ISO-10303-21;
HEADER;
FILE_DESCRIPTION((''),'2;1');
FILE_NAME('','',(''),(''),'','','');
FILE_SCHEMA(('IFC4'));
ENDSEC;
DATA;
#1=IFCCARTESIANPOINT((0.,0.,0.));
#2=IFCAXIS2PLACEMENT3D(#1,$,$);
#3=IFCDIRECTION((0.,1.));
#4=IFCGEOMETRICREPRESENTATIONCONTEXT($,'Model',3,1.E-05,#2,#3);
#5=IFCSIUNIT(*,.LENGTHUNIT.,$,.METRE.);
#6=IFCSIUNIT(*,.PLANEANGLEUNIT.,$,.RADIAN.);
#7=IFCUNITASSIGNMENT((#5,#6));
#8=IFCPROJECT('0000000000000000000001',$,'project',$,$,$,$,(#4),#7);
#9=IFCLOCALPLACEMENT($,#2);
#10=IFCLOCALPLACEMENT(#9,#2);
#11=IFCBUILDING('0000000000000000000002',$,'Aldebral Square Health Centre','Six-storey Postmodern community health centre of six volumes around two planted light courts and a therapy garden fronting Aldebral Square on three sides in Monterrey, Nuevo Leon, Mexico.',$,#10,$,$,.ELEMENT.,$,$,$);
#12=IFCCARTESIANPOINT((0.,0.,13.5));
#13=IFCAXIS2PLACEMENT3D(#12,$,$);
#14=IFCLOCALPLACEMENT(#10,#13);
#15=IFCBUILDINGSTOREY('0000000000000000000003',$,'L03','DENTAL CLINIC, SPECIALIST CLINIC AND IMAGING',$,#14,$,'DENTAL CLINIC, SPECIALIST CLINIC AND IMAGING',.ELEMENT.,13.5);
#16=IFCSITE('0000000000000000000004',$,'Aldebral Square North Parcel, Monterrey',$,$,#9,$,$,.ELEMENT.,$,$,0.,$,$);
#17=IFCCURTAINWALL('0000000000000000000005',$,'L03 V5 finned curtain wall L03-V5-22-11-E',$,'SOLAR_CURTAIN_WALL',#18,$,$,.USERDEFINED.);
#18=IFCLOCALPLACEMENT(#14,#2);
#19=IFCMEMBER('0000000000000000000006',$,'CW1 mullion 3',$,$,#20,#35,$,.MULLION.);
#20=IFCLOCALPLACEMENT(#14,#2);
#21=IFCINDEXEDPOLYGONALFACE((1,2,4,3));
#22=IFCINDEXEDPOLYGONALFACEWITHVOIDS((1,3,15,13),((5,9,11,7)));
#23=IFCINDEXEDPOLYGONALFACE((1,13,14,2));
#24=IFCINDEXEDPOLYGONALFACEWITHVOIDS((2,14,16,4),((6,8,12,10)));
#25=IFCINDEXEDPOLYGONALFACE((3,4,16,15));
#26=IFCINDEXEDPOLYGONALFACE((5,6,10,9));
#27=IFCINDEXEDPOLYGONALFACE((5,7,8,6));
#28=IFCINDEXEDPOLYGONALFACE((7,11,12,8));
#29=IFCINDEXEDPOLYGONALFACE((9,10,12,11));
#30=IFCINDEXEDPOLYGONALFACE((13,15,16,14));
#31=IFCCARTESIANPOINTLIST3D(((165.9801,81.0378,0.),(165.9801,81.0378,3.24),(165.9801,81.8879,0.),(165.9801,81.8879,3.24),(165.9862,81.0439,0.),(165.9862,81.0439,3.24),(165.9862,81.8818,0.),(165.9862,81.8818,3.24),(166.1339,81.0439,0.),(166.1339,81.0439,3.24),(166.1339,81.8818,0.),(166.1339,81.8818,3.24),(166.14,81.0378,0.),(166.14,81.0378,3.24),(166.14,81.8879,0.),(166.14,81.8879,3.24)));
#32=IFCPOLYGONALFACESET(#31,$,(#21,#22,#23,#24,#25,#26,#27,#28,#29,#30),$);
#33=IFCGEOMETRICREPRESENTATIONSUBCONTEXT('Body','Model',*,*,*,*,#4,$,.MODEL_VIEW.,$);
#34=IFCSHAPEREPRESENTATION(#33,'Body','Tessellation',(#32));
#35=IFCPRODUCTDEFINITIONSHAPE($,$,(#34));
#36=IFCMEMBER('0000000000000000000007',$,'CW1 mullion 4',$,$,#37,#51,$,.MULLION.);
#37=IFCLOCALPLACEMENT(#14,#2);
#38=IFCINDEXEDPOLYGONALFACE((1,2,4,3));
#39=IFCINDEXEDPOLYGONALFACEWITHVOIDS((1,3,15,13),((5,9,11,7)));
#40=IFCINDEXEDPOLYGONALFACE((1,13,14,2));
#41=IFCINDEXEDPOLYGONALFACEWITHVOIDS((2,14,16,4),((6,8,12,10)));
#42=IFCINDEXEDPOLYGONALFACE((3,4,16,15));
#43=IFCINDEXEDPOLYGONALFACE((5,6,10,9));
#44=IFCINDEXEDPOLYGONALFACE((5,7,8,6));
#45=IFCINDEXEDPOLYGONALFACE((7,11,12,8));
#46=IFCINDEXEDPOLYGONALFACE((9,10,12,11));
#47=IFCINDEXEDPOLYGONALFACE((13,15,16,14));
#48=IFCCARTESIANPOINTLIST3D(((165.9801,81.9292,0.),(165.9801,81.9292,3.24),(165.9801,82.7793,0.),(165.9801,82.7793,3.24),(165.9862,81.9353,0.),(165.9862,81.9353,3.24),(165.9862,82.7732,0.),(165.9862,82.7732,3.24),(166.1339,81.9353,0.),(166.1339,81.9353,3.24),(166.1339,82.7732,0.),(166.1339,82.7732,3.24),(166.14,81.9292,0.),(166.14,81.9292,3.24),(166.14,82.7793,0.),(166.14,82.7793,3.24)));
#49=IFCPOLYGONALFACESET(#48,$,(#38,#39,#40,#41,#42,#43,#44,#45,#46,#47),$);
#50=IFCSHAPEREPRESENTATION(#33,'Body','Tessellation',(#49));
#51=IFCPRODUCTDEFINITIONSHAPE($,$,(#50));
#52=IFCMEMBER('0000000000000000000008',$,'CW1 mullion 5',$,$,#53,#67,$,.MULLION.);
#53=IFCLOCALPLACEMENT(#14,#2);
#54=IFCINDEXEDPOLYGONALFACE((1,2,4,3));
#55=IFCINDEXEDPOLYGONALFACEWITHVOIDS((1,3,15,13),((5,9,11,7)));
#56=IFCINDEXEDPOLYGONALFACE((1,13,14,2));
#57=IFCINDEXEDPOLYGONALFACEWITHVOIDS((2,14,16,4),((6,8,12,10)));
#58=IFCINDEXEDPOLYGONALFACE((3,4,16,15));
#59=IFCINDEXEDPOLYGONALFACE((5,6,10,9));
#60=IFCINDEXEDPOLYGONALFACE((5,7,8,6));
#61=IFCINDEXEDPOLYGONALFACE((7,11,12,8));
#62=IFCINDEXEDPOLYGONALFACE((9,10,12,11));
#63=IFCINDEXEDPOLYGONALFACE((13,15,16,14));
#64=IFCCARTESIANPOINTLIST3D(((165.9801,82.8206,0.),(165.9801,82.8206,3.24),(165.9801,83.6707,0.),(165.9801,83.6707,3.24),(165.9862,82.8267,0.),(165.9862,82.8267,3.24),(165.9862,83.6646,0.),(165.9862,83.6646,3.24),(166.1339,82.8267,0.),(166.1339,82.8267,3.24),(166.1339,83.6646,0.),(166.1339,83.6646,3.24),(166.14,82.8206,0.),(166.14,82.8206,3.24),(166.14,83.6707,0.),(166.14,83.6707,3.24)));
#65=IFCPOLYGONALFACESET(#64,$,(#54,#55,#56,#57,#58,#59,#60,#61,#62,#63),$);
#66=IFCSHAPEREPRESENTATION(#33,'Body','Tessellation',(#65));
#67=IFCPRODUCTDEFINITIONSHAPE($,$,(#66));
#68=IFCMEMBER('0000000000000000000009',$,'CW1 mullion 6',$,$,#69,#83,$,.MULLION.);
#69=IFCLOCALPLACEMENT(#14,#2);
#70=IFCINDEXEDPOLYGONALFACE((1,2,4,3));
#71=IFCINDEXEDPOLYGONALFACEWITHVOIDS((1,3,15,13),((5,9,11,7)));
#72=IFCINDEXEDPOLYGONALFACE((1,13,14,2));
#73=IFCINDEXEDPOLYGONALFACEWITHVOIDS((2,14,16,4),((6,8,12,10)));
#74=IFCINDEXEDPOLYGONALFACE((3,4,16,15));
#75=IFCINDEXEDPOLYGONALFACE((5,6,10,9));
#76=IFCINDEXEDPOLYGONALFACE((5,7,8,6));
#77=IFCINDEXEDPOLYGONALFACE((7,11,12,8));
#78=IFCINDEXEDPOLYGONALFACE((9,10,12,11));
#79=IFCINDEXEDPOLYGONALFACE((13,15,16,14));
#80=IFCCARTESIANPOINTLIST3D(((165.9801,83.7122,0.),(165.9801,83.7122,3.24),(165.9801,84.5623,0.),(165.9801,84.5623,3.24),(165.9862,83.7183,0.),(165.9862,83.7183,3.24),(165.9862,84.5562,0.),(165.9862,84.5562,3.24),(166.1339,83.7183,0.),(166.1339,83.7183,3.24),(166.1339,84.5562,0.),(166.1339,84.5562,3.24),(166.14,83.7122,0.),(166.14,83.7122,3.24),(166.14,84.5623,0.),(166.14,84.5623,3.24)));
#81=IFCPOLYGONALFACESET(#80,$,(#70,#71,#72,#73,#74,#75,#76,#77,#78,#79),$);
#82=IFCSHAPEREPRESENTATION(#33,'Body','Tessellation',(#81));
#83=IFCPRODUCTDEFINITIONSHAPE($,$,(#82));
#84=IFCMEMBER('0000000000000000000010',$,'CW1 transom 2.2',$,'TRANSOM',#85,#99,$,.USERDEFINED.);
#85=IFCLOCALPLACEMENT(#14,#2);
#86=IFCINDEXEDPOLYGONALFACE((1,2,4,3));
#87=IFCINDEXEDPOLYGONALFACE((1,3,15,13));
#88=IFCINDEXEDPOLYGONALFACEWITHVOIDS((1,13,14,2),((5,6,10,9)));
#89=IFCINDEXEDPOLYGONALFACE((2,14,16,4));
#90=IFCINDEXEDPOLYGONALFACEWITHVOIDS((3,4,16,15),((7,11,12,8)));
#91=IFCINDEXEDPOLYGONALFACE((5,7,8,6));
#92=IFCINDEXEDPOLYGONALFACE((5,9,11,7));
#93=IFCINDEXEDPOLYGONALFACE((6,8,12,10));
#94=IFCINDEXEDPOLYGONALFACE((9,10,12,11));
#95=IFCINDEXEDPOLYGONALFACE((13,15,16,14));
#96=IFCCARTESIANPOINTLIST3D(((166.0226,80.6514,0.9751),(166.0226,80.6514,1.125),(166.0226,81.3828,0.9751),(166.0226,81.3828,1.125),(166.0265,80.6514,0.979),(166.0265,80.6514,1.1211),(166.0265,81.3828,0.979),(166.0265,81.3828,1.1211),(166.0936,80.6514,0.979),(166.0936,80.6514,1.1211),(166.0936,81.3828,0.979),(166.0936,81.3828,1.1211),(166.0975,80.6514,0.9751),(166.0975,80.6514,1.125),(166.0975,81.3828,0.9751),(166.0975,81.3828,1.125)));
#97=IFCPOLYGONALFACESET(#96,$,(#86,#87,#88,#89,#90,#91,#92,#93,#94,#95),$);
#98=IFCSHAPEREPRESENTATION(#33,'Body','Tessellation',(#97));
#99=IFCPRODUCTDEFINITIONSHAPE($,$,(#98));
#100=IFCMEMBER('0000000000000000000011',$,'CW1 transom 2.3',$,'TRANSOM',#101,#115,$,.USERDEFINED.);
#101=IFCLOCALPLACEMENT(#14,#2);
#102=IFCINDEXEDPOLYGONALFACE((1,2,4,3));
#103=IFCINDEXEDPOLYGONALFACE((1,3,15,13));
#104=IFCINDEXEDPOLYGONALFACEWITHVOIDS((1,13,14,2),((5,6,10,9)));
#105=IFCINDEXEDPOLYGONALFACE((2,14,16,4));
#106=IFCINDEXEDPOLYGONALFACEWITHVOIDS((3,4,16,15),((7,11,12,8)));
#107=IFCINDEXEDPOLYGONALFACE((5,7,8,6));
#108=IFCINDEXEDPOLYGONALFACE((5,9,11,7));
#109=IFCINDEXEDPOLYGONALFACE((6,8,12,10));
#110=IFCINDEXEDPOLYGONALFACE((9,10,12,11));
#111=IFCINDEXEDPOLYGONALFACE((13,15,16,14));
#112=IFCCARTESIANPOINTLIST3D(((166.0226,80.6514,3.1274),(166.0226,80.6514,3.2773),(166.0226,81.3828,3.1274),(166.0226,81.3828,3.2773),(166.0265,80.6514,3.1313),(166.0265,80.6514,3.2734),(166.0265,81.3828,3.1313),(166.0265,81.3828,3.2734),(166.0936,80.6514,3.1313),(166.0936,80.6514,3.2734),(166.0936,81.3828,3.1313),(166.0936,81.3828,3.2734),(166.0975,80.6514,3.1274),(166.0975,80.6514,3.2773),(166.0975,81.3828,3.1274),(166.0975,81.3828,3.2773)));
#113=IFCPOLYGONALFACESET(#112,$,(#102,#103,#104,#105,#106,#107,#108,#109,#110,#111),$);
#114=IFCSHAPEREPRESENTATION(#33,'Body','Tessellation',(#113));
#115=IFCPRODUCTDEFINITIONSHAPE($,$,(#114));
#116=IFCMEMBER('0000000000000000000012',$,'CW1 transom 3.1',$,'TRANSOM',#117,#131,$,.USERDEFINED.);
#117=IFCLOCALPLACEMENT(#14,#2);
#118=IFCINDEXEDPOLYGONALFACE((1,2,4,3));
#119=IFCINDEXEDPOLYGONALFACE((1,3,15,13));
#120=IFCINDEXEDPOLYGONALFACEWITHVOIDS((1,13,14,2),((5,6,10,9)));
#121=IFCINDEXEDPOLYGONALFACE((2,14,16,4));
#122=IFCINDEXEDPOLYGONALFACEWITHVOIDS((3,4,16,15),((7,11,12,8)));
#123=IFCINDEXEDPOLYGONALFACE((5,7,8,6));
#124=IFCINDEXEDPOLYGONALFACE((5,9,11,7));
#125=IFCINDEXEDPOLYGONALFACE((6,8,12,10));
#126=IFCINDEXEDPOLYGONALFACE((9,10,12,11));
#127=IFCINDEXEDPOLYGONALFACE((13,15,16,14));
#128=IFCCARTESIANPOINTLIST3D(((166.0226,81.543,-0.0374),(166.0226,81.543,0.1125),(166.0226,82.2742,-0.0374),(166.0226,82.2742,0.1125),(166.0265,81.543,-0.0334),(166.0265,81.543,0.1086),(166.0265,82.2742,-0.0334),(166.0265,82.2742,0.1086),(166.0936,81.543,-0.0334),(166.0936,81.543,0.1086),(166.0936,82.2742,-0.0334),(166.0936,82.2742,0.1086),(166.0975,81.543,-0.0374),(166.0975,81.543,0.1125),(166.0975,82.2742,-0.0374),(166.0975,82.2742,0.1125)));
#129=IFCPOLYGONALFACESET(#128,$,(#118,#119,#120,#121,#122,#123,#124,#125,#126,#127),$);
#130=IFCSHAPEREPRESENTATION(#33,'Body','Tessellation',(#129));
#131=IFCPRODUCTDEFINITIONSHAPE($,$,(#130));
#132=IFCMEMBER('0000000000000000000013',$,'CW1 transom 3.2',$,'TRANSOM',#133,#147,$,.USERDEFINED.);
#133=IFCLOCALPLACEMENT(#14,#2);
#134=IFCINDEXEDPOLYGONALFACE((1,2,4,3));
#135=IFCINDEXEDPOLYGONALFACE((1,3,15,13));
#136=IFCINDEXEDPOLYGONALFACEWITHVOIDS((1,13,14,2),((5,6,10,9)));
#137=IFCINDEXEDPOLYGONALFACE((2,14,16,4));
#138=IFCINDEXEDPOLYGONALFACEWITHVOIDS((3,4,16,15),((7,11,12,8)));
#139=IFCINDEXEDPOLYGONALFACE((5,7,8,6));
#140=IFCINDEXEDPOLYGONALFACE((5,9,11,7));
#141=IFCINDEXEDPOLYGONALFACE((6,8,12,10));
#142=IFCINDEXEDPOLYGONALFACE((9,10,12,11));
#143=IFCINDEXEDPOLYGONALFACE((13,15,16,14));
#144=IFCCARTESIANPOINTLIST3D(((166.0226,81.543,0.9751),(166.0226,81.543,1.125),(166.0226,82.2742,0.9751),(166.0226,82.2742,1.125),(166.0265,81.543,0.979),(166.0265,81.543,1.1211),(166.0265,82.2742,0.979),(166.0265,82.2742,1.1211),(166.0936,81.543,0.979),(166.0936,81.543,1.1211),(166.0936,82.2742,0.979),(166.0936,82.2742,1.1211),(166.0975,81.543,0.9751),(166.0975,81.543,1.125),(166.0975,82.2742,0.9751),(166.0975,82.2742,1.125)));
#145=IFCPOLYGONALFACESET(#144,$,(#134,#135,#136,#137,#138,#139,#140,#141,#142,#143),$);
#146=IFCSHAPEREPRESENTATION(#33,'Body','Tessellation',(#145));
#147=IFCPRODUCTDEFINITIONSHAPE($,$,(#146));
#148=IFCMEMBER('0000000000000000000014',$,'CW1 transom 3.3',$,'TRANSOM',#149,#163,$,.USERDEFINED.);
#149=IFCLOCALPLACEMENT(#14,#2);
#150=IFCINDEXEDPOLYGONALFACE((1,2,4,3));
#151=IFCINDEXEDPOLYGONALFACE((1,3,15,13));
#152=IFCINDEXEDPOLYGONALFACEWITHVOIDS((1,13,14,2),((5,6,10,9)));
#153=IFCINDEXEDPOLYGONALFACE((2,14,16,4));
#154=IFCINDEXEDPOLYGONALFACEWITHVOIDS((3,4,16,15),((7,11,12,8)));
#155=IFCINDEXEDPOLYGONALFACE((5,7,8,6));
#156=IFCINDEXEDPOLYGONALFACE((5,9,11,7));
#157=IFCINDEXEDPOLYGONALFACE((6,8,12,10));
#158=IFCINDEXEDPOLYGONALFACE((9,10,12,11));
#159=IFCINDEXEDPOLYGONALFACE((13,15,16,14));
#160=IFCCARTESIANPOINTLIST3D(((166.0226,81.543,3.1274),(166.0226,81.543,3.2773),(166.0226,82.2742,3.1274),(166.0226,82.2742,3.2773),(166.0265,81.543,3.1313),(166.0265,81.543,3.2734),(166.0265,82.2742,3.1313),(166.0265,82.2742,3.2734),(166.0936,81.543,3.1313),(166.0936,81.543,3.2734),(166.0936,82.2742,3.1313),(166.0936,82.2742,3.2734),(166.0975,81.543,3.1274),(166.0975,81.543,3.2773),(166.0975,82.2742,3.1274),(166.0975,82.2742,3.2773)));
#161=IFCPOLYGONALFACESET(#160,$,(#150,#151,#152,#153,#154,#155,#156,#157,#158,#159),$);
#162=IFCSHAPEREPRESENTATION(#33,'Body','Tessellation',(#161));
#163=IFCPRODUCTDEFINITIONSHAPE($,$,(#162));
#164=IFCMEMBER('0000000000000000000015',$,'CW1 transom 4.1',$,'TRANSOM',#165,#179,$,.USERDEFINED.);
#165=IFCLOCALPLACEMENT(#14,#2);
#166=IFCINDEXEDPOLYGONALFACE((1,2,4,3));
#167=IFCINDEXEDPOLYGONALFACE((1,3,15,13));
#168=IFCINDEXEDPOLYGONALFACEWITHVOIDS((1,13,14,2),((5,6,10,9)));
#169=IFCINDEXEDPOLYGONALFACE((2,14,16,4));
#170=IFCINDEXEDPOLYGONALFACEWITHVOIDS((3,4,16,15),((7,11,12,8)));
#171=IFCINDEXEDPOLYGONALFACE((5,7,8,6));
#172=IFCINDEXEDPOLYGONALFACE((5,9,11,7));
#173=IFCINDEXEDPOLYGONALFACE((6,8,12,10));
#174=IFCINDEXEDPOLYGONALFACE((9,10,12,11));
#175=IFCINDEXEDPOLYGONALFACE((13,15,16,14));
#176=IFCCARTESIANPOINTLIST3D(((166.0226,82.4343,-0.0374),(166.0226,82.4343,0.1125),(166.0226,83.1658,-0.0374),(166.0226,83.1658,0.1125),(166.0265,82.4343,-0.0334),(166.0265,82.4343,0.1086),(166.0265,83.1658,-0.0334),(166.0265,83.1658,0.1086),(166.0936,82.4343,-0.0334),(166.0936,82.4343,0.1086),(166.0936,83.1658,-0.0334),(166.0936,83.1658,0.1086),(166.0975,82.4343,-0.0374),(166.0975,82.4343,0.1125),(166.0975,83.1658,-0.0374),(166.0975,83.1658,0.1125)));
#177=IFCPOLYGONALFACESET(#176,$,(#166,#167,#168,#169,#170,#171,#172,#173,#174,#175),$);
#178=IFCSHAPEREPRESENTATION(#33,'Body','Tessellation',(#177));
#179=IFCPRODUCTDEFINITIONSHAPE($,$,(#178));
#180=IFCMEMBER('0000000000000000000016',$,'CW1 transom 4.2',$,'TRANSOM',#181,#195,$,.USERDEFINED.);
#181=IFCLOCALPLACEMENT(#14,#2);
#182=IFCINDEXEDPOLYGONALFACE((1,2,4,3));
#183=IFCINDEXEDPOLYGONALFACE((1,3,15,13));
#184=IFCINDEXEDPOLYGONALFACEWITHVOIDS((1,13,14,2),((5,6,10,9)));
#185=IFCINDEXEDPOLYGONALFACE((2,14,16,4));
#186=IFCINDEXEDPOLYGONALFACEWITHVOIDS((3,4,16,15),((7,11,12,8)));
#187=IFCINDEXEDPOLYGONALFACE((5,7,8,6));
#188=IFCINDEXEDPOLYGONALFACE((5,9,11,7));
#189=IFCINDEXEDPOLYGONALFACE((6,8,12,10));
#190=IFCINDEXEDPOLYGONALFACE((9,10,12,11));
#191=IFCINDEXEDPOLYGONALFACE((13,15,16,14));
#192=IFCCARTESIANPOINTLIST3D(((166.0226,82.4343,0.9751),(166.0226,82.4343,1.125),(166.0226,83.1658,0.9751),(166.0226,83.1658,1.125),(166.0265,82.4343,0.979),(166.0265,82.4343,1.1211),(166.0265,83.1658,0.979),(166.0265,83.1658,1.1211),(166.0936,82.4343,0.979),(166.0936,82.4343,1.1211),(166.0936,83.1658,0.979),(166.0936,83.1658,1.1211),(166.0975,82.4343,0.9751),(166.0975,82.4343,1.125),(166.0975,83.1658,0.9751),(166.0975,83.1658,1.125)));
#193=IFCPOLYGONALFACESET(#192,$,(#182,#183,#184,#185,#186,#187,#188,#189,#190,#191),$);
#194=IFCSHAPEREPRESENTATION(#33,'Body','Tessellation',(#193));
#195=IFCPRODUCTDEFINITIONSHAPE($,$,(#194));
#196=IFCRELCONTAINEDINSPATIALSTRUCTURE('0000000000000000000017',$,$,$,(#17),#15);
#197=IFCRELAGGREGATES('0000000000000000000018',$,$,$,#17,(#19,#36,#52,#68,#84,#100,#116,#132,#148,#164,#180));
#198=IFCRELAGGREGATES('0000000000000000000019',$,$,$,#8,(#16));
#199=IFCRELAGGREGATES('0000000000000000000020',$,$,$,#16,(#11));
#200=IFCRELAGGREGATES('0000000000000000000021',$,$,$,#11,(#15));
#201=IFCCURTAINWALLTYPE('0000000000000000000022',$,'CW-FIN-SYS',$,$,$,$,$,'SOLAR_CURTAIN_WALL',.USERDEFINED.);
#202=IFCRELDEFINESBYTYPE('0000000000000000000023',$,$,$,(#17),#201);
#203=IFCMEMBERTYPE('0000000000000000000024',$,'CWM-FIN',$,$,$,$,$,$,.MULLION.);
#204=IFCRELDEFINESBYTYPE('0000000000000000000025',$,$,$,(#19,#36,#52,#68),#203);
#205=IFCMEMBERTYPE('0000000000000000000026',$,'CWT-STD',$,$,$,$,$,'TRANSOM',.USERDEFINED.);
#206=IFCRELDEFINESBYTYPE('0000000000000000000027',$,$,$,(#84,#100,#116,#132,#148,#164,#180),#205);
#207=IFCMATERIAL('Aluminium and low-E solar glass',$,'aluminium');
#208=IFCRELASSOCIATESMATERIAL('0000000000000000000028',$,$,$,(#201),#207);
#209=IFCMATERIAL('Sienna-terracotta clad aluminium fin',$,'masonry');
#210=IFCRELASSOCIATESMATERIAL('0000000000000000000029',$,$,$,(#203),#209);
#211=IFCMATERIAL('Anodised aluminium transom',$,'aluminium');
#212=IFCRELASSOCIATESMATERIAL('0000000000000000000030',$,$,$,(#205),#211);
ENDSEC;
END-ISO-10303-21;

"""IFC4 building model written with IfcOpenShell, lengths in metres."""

from ifc_helpers import new_model, si_unit, direction, frame, origin, origin_2d, place, context, subcontext, project, spatial, hollow_rectangle, extrude, material, material_profile, profile_set, type_object, element, aggregate, save


model = new_model("IFC4")

# Units and contexts
model_context = context("Model", 3, precision=1e-05, world=origin(), true_north=direction((0.0, 1.0)))
body_context = subcontext(model_context, "Body", "Model", "MODEL_VIEW")
ifc_project = project(units=[si_unit("LENGTHUNIT", "METRE"), si_unit("PLANEANGLEUNIT", "RADIAN")], contexts=[model_context])

# Site, building, storey
site_placement = place(None, origin())
site = spatial("IfcSite", under=ifc_project, at=site_placement, Name="Aldebral Square North Parcel, Monterrey", CompositionType="ELEMENT", RefElevation=0.0)
building_placement = place(site_placement, origin())
building = spatial("IfcBuilding", under=site, at=building_placement, Name="Aldebral Square Health Centre", Description="Six-storey Postmodern community health centre of six volumes around two planted light courts and a therapy garden fronting Aldebral Square on three sides in Monterrey, Nuevo Leon, Mexico.", CompositionType="ELEMENT")
storey_placement = place(building_placement, frame((0.0, 0.0, 13.5)))
storey = spatial("IfcBuildingStorey", under=building, at=storey_placement, Name="L03", Description="DENTAL CLINIC, SPECIALIST CLINIC AND IMAGING", LongName="DENTAL CLINIC, SPECIALIST CLINIC AND IMAGING", CompositionType="ELEMENT", Elevation=13.5)

# Curtain wall, members
ifc_material_1 = material(Name="Aluminium and low-E solar glass", Category="aluminium")
curtain_wall_type = type_object("IfcCurtainWallType", Name="CW-FIN-SYS", ElementType="SOLAR_CURTAIN_WALL", PredefinedType="USERDEFINED", material=ifc_material_1)
curtain_wall_placement = place(storey_placement, origin())
curtain_wall = element("IfcCurtainWall", 1, at=curtain_wall_placement, inside=storey, type_object=curtain_wall_type, Name="L03 V5 finned curtain wall L03-V5-22-11-E", ObjectType="SOLAR_CURTAIN_WALL", PredefinedType="USERDEFINED")
ifc_material_2 = material(Name="Sienna-terracotta clad aluminium fin", Category="masonry")
ifc_material_profile_1 = material_profile(ifc_material_2, hollow_rectangle(XDim=0.1599, YDim=0.8501, WallThickness=0.0061, at=origin_2d()), Name="FIN 160x850x6")
ifc_profile_set_1 = profile_set([ifc_material_profile_1], Name="Sienna-terracotta clad aluminium fin")
member_type_1 = type_object("IfcMemberType", Name="CWM-FIN", PredefinedType="MULLION", material=ifc_profile_set_1)
member_1_placement = place(storey_placement, frame((166.0601, 81.4629, 0.0), z_axis=(0.0, 0.0, 1.0), x_axis=(-1.0, 0.0, 0.0)))
member_1 = element("IfcMember", 2, at=member_1_placement, type_object=member_type_1, Name="CW1 mullion 3", PredefinedType="MULLION", context=body_context, shape_type="SweptSolid", body=[
    extrude(hollow_rectangle(XDim=0.1599, YDim=0.8501, WallThickness=0.0061, at=origin_2d()), origin(), (0.0, 0.0, 1.0), 3.24),
])
member_2_placement = place(storey_placement, frame((166.0601, 82.3542, 0.0), z_axis=(0.0, 0.0, 1.0), x_axis=(-1.0, 0.0, 0.0)))
member_2 = element("IfcMember", 3, at=member_2_placement, type_object=member_type_1, Name="CW1 mullion 4", PredefinedType="MULLION", context=body_context, shape_type="SweptSolid", body=[
    extrude(hollow_rectangle(XDim=0.1599, YDim=0.8501, WallThickness=0.0061, at=origin_2d()), origin(), (0.0, 0.0, 1.0), 3.24),
])
member_3_placement = place(storey_placement, frame((166.0601, 83.2456, 0.0), z_axis=(0.0, 0.0, 1.0), x_axis=(-1.0, 0.0, 0.0)))
member_3 = element("IfcMember", 4, at=member_3_placement, type_object=member_type_1, Name="CW1 mullion 5", PredefinedType="MULLION", context=body_context, shape_type="SweptSolid", body=[
    extrude(hollow_rectangle(XDim=0.1599, YDim=0.8501, WallThickness=0.0061, at=origin_2d()), origin(), (0.0, 0.0, 1.0), 3.24),
])
member_4_placement = place(storey_placement, frame((166.0601, 84.1372, 0.0), z_axis=(0.0, 0.0, 1.0), x_axis=(-1.0, 0.0, 0.0)))
member_4 = element("IfcMember", 5, at=member_4_placement, type_object=member_type_1, Name="CW1 mullion 6", PredefinedType="MULLION", context=body_context, shape_type="SweptSolid", body=[
    extrude(hollow_rectangle(XDim=0.1599, YDim=0.8501, WallThickness=0.0061, at=origin_2d()), origin(), (0.0, 0.0, 1.0), 3.24),
])
ifc_material_3 = material(Name="Anodised aluminium transom", Category="aluminium")
ifc_material_profile_2 = material_profile(ifc_material_3, hollow_rectangle(XDim=0.075, YDim=0.1499, WallThickness=0.0039, at=origin_2d()), Name="CWT 75x150x4")
ifc_profile_set_2 = profile_set([ifc_material_profile_2], Name="Anodised aluminium transom")
member_type_2 = type_object("IfcMemberType", Name="CWT-STD", ElementType="TRANSOM", PredefinedType="USERDEFINED", material=ifc_profile_set_2)
member_5_placement = place(storey_placement, frame((166.0601, 80.6514, 1.05), z_axis=(0.0, 1.0, 0.0), x_axis=(-1.0, 0.0, 0.0)))
member_5 = element("IfcMember", 6, at=member_5_placement, type_object=member_type_2, Name="CW1 transom 2.2", ObjectType="TRANSOM", PredefinedType="USERDEFINED", context=body_context, shape_type="SweptSolid", body=[
    extrude(hollow_rectangle(XDim=0.075, YDim=0.1499, WallThickness=0.0039, at=origin_2d()), origin(), (0.0, 0.0, 1.0), 0.7314),
])
member_6_placement = place(storey_placement, frame((166.0601, 80.6514, 3.2024), z_axis=(0.0, 1.0, 0.0), x_axis=(-1.0, 0.0, 0.0)))
member_6 = element("IfcMember", 7, at=member_6_placement, type_object=member_type_2, Name="CW1 transom 2.3", ObjectType="TRANSOM", PredefinedType="USERDEFINED", context=body_context, shape_type="SweptSolid", body=[
    extrude(hollow_rectangle(XDim=0.075, YDim=0.1499, WallThickness=0.0039, at=origin_2d()), origin(), (0.0, 0.0, 1.0), 0.7314),
])
member_7_placement = place(storey_placement, frame((166.0601, 81.543, 0.0376), z_axis=(0.0, 1.0, 0.0), x_axis=(-1.0, 0.0, 0.0)))
member_7 = element("IfcMember", 8, at=member_7_placement, type_object=member_type_2, Name="CW1 transom 3.1", ObjectType="TRANSOM", PredefinedType="USERDEFINED", context=body_context, shape_type="SweptSolid", body=[
    extrude(hollow_rectangle(XDim=0.075, YDim=0.1499, WallThickness=0.0039, at=origin_2d()), origin(), (0.0, 0.0, 1.0), 0.7312),
])
member_8_placement = place(storey_placement, frame((166.0601, 81.543, 1.05), z_axis=(0.0, 1.0, 0.0), x_axis=(-1.0, 0.0, 0.0)))
member_8 = element("IfcMember", 9, at=member_8_placement, type_object=member_type_2, Name="CW1 transom 3.2", ObjectType="TRANSOM", PredefinedType="USERDEFINED", context=body_context, shape_type="SweptSolid", body=[
    extrude(hollow_rectangle(XDim=0.075, YDim=0.1499, WallThickness=0.0039, at=origin_2d()), origin(), (0.0, 0.0, 1.0), 0.7312),
])
member_9_placement = place(storey_placement, frame((166.0601, 81.543, 3.2024), z_axis=(0.0, 1.0, 0.0), x_axis=(-1.0, 0.0, 0.0)))
member_9 = element("IfcMember", 10, at=member_9_placement, type_object=member_type_2, Name="CW1 transom 3.3", ObjectType="TRANSOM", PredefinedType="USERDEFINED", context=body_context, shape_type="SweptSolid", body=[
    extrude(hollow_rectangle(XDim=0.075, YDim=0.1499, WallThickness=0.0039, at=origin_2d()), origin(), (0.0, 0.0, 1.0), 0.7312),
])
member_10_placement = place(storey_placement, frame((166.0601, 82.4343, 0.0376), z_axis=(0.0, 1.0, 0.0), x_axis=(-1.0, 0.0, 0.0)))
member_10 = element("IfcMember", 11, at=member_10_placement, type_object=member_type_2, Name="CW1 transom 4.1", ObjectType="TRANSOM", PredefinedType="USERDEFINED", context=body_context, shape_type="SweptSolid", body=[
    extrude(hollow_rectangle(XDim=0.075, YDim=0.1499, WallThickness=0.0039, at=origin_2d()), origin(), (0.0, 0.0, 1.0), 0.7314),
])
member_11_placement = place(storey_placement, frame((166.0601, 82.4343, 1.05), z_axis=(0.0, 1.0, 0.0), x_axis=(-1.0, 0.0, 0.0)))
member_11 = element("IfcMember", 12, at=member_11_placement, type_object=member_type_2, Name="CW1 transom 4.2", ObjectType="TRANSOM", PredefinedType="USERDEFINED", context=body_context, shape_type="SweptSolid", body=[
    extrude(hollow_rectangle(XDim=0.075, YDim=0.1499, WallThickness=0.0039, at=origin_2d()), origin(), (0.0, 0.0, 1.0), 0.7314),
])
aggregate(curtain_wall, [member_1, member_2, member_3, member_4, member_5, member_6, member_7, member_8, member_9, member_10, member_11])

save(model, "model.ifc")
